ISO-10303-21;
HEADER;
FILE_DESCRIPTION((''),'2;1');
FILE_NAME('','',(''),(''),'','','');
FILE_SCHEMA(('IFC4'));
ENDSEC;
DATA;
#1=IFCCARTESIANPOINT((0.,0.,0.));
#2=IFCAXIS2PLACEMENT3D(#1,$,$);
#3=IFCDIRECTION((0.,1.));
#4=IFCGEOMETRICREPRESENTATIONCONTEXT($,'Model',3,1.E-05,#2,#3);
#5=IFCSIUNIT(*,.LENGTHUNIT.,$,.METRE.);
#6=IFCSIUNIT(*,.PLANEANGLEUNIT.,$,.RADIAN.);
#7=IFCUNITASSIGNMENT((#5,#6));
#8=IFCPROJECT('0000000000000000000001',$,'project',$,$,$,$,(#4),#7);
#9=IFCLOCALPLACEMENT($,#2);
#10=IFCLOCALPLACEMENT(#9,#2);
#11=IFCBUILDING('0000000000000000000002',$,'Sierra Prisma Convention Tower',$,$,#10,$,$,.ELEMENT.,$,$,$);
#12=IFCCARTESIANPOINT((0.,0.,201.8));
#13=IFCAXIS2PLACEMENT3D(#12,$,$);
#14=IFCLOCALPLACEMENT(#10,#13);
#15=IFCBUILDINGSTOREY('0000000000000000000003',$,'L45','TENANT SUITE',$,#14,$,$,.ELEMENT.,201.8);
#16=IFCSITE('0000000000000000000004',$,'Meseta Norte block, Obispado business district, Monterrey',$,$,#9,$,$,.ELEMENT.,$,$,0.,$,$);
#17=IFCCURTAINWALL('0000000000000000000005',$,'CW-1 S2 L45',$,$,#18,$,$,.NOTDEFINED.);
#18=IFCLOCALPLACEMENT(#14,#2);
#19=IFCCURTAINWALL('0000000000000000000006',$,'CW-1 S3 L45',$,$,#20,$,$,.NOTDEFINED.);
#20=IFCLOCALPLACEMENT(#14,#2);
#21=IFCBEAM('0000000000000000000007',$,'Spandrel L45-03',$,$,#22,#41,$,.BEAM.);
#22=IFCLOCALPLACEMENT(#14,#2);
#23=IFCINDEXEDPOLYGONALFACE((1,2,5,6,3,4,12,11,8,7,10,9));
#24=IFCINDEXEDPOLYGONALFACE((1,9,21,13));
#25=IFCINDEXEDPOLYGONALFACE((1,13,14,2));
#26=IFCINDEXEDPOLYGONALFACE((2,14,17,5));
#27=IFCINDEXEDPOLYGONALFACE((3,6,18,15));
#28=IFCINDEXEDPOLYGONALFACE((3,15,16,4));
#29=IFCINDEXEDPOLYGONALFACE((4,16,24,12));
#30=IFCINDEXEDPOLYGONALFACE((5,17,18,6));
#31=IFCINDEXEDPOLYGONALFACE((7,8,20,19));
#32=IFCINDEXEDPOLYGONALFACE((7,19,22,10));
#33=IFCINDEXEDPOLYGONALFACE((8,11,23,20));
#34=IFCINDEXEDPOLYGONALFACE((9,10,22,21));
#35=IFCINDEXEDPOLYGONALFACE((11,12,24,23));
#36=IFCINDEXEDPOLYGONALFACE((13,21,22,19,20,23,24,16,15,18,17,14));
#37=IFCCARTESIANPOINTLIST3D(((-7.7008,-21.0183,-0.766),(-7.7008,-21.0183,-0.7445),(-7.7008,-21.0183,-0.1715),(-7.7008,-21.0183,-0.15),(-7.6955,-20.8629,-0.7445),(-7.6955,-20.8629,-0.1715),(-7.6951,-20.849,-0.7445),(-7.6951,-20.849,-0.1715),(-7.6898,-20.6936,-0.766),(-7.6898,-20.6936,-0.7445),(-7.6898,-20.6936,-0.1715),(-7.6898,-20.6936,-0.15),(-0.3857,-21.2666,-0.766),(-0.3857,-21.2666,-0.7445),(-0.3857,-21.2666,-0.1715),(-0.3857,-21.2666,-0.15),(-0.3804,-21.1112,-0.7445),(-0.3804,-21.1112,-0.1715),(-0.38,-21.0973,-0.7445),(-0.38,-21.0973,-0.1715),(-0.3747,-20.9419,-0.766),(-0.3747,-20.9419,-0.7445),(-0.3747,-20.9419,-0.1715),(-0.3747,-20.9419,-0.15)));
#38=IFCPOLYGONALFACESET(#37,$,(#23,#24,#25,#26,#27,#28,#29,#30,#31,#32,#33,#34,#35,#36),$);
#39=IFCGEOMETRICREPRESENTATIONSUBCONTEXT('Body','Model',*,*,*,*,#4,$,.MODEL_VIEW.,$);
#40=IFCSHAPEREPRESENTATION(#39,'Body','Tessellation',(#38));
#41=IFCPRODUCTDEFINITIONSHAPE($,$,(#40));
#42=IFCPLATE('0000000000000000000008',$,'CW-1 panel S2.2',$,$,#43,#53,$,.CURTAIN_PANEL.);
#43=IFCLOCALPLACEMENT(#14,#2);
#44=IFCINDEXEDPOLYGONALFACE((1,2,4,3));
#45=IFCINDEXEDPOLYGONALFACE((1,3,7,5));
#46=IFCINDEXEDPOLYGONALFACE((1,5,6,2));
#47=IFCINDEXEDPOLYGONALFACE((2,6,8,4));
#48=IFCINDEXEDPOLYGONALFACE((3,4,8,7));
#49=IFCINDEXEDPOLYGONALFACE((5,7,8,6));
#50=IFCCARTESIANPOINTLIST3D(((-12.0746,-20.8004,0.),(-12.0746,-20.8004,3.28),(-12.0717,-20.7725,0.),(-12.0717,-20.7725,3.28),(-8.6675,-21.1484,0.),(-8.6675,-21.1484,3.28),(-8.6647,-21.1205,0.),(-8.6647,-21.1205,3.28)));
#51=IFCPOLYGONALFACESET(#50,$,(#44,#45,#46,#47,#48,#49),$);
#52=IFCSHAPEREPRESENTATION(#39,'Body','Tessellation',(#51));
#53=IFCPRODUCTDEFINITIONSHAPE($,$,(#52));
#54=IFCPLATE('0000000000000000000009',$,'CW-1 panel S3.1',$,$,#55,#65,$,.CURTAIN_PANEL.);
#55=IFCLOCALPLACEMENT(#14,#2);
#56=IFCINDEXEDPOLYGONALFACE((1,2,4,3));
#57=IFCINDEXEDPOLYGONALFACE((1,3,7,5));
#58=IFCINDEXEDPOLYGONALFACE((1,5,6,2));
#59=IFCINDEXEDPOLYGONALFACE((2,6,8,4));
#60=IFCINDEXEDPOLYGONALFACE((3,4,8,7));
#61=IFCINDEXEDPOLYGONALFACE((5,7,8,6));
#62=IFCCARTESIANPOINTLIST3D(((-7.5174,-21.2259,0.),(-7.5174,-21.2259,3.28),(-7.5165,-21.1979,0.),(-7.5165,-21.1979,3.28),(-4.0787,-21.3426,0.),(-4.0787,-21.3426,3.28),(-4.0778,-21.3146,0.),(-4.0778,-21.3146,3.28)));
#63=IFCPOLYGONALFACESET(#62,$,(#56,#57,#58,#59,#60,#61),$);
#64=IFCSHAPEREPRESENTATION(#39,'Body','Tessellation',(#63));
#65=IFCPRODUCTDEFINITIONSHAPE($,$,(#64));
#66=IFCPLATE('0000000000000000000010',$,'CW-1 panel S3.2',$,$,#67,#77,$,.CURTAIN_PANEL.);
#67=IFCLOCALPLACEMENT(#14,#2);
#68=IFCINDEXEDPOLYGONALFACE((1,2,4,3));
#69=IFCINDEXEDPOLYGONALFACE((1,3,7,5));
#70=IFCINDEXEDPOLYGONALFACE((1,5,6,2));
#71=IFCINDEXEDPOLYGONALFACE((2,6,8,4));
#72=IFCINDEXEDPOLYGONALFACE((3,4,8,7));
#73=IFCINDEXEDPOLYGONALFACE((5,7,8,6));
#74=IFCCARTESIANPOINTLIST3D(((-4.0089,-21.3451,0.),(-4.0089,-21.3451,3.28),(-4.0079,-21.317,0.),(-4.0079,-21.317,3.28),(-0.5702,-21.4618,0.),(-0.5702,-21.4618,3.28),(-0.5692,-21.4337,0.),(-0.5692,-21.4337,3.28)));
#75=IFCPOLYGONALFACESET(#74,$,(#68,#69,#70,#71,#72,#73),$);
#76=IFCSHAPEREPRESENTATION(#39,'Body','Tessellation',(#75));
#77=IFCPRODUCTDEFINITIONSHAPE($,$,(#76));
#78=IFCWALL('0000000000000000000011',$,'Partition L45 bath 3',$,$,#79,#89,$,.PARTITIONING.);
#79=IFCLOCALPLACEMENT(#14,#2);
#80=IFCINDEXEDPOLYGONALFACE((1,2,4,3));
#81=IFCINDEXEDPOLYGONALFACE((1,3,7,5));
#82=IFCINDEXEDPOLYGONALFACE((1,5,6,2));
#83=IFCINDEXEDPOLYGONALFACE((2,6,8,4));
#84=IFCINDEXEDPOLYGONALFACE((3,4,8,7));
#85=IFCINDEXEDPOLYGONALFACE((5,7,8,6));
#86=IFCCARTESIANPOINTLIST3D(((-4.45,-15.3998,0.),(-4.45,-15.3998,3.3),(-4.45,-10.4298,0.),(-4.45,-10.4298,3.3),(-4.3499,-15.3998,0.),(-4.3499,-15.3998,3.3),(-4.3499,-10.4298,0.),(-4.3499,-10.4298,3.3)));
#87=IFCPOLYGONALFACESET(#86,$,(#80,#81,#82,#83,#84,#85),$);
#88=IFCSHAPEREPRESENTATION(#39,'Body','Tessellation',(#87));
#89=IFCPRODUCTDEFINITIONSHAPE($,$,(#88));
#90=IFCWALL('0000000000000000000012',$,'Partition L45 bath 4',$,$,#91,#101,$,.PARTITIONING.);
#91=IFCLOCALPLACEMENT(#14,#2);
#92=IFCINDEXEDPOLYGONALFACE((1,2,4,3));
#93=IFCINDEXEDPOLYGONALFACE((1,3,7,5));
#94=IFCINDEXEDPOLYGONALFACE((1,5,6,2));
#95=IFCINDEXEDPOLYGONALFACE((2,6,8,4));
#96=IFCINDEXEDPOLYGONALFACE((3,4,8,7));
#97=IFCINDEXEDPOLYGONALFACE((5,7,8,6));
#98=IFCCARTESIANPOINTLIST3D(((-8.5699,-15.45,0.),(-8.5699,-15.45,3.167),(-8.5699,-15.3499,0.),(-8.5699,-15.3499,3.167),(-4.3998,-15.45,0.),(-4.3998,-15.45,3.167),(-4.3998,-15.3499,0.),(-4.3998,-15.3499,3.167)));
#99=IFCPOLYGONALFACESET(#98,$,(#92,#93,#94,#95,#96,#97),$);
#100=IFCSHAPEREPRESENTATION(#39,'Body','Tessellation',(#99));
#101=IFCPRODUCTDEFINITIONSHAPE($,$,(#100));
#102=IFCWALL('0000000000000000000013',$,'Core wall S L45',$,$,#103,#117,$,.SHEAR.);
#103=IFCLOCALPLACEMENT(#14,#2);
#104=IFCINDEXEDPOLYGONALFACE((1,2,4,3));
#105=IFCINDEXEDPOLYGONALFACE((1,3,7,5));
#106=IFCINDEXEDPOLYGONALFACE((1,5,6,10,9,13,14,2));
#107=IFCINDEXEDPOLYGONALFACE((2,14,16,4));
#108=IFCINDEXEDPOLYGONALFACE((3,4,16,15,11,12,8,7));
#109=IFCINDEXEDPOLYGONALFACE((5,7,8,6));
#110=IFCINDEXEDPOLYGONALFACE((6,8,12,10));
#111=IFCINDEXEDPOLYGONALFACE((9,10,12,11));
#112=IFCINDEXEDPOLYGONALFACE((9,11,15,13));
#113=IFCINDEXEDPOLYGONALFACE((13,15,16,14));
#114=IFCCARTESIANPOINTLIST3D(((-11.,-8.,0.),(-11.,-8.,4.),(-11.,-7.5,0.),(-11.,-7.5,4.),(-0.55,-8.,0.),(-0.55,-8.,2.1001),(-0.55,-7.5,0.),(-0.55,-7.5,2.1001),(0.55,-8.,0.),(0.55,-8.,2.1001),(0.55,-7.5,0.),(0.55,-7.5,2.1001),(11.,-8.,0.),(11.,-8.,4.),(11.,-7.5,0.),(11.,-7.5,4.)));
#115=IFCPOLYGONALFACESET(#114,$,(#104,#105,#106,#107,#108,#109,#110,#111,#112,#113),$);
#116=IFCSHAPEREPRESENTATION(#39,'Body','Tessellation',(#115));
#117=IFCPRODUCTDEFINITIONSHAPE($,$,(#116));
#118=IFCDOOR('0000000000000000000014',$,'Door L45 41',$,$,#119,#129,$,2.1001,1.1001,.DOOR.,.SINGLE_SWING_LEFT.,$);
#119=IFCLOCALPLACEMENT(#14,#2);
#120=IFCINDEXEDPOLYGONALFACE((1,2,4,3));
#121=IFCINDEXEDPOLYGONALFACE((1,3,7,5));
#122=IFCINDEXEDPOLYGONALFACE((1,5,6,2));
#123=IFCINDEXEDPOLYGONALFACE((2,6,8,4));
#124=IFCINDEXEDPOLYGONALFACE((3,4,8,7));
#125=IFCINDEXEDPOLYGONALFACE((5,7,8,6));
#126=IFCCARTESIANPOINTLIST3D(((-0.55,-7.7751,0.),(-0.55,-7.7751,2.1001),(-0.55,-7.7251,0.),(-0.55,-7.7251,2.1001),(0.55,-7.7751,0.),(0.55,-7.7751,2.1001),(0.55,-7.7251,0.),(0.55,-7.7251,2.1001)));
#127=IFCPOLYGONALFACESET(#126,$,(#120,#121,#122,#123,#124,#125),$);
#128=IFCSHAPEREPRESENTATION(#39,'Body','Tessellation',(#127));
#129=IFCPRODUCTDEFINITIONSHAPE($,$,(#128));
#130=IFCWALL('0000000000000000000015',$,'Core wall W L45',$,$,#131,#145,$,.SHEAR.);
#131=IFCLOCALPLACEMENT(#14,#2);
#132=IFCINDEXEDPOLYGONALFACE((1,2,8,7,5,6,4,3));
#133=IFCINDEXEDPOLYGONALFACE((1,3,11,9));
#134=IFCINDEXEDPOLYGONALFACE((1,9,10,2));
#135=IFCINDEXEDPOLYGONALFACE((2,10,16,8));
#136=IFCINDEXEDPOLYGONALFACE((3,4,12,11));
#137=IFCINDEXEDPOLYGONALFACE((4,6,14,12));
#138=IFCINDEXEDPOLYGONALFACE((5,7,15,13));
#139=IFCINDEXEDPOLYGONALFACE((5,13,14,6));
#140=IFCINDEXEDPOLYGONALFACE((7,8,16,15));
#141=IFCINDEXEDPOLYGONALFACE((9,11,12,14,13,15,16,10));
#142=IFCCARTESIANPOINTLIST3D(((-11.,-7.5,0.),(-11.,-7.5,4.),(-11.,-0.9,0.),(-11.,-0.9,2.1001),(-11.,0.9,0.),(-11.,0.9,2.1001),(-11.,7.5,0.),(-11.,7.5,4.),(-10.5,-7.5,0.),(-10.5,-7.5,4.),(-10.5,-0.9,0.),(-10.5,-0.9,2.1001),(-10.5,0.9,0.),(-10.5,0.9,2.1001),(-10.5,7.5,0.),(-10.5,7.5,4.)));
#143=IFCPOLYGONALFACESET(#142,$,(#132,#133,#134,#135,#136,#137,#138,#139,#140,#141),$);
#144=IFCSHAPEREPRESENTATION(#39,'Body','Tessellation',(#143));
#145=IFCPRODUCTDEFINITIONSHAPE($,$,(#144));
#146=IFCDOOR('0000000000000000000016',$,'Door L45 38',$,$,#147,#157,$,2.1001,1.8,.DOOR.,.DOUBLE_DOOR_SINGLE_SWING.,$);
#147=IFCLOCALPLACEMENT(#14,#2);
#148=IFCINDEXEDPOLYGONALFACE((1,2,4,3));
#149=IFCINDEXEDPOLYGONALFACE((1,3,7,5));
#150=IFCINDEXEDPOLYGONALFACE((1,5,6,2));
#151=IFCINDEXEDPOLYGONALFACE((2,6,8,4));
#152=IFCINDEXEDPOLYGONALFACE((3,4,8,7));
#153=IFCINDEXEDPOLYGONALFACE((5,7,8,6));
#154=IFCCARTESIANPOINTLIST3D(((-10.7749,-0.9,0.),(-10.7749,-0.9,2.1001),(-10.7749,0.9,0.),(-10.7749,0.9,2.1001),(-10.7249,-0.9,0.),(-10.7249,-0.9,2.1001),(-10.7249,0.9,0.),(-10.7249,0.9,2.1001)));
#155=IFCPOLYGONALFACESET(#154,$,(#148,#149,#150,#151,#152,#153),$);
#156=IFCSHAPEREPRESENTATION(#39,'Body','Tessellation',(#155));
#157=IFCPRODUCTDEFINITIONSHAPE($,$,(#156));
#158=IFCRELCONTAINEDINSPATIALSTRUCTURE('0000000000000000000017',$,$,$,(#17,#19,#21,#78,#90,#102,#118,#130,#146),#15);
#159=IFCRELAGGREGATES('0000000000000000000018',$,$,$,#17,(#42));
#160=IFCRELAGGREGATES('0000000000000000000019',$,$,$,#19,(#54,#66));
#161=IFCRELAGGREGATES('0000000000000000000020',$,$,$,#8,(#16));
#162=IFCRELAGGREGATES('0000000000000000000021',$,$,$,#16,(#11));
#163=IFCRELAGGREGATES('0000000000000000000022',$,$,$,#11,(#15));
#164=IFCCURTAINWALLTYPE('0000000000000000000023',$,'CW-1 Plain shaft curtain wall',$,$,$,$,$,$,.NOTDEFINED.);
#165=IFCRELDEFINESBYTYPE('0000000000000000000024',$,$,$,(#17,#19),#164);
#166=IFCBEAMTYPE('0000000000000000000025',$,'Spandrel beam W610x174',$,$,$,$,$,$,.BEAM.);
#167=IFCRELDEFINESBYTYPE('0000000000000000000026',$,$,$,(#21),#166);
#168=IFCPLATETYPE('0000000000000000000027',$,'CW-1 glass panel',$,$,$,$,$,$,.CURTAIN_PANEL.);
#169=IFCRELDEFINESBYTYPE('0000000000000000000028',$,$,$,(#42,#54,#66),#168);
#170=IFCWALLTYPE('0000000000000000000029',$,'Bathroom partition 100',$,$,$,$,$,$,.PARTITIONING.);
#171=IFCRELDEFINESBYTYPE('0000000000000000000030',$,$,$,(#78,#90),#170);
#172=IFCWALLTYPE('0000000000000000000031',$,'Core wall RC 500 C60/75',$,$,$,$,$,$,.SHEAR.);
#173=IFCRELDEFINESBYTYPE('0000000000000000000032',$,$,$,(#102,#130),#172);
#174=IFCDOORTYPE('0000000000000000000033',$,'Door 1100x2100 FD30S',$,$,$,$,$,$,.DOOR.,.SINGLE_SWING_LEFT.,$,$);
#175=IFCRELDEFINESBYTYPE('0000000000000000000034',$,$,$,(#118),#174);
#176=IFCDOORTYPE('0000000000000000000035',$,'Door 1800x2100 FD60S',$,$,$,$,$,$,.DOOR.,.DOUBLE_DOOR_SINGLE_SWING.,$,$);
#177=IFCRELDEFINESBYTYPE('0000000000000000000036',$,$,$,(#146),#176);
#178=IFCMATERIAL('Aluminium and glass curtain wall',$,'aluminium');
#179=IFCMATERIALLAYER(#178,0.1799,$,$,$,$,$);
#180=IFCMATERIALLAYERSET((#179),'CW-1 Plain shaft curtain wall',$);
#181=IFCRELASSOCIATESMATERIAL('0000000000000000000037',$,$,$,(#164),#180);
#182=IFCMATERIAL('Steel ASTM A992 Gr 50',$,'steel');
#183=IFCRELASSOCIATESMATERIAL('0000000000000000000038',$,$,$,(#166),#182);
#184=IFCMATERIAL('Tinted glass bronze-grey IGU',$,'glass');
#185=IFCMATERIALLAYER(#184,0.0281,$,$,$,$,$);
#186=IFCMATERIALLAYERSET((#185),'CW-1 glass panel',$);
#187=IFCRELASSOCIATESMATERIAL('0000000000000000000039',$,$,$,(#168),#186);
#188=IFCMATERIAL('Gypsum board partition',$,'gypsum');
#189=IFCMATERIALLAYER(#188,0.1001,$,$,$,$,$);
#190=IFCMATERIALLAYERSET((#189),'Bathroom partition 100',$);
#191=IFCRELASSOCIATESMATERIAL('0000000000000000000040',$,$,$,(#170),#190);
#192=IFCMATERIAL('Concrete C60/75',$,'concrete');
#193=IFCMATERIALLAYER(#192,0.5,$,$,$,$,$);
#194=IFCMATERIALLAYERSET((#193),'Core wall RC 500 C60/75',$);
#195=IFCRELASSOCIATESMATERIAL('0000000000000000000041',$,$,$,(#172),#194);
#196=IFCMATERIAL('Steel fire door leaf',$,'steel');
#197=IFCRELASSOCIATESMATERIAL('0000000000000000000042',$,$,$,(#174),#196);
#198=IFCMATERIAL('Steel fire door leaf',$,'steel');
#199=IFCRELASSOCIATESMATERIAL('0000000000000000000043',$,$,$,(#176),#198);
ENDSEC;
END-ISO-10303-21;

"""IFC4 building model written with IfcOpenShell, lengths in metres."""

from ifc_helpers import new_model, si_unit, direction, frame, frame_2d, origin, origin_2d, place, context, subcontext, project, spatial, rectangle, i_section, extrude, material, layer, layer_set, material_profile, profile_set, type_object, element, fill, aggregate, save


model = new_model("IFC4")

# Units and contexts
model_context = context("Model", 3, precision=1e-05, world=origin(), true_north=direction((0.0, 1.0)))
body_context = subcontext(model_context, "Body", "Model", "MODEL_VIEW")
ifc_project = project(units=[si_unit("LENGTHUNIT", "METRE"), si_unit("PLANEANGLEUNIT", "RADIAN")], contexts=[model_context])

# Site, building, storey
site_placement = place(None, origin())
site = spatial("IfcSite", under=ifc_project, at=site_placement, Name="Meseta Norte block, Obispado business district, Monterrey", CompositionType="ELEMENT", RefElevation=0.0)
building_placement = place(site_placement, origin())
building = spatial("IfcBuilding", under=site, at=building_placement, Name="Sierra Prisma Convention Tower", CompositionType="ELEMENT")
storey_placement = place(building_placement, frame((0.0, 0.0, 201.8)))
storey = spatial("IfcBuildingStorey", under=building, at=storey_placement, Name="L45", Description="TENANT SUITE", CompositionType="ELEMENT", Elevation=201.8)

# Curtain wall
ifc_material_1 = material(Name="Aluminium and glass curtain wall", Category="aluminium")
ifc_layer_1 = layer(ifc_material_1, 0.1799)
ifc_layer_set_1 = layer_set([ifc_layer_1], Name="CW-1 Plain shaft curtain wall")
curtain_wall_type = type_object("IfcCurtainWallType", Name="CW-1 Plain shaft curtain wall", PredefinedType="NOTDEFINED", material=ifc_layer_set_1)
curtain_wall_1_placement = place(storey_placement, origin())
curtain_wall_1 = element("IfcCurtainWall", 1, at=curtain_wall_1_placement, inside=storey, type_object=curtain_wall_type, Name="CW-1 S2 L45", PredefinedType="NOTDEFINED")

# Curtain wall
curtain_wall_2_placement = place(storey_placement, origin())
curtain_wall_2 = element("IfcCurtainWall", 2, at=curtain_wall_2_placement, inside=storey, type_object=curtain_wall_type, Name="CW-1 S3 L45", PredefinedType="NOTDEFINED")

# Beam
ifc_material_2 = material(Name="Steel ASTM A992 Gr 50", Category="steel")
ifc_material_profile_1 = material_profile(ifc_material_2, i_section(OverallWidth=0.325, OverallDepth=0.616, WebThickness=0.0139, FlangeThickness=0.0215, at=origin_2d()), Name="W610x174")
ifc_profile_set_1 = profile_set([ifc_material_profile_1], Name="Steel ASTM A992 Gr 50")
beam_type_1 = type_object("IfcBeamType", Name="Spandrel beam W610x174", PredefinedType="BEAM", material=ifc_profile_set_1)
beam_1_placement = place(storey_placement, frame((-7.6953, -20.856, -0.458), z_axis=(0.999424, -0.033922, 0.0), x_axis=(0.033922, 0.999424, 0.0)))
element("IfcBeam", 3, at=beam_1_placement, inside=storey, type_object=beam_type_1, Name="Spandrel L45-03", PredefinedType="BEAM", context=body_context, shape_type="SweptSolid", body=[
    extrude(i_section(OverallWidth=0.325, OverallDepth=0.616, WebThickness=0.0139, FlangeThickness=0.0215, at=origin_2d()), origin(), (0.0, 0.0, 1.0), 7.3193),
])

# Plates
ifc_material_3 = material(Name="Tinted glass bronze-grey IGU", Category="glass")
ifc_layer_2 = layer(ifc_material_3, 0.0281)
ifc_layer_set_2 = layer_set([ifc_layer_2], Name="CW-1 glass panel")
plate_type = type_object("IfcPlateType", Name="CW-1 glass panel", PredefinedType="CURTAIN_PANEL", material=ifc_layer_set_2)
plate_1_placement = place(storey_placement, frame((-10.3696, -20.9604, 0.0), z_axis=(0.0, 0.0, 1.0), x_axis=(0.994826, -0.101598, 0.0)))
plate_1 = element("IfcPlate", 4, at=plate_1_placement, type_object=plate_type, Name="CW-1 panel S2.2", PredefinedType="CURTAIN_PANEL", context=body_context, shape_type="SweptSolid", body=[
    extrude(rectangle(XDim=3.4248, YDim=0.0281, at=origin_2d()), origin(), (0.0, 0.0, 1.0), 3.28),
])
aggregate(curtain_wall_1, [plate_1])
plate_2_placement = place(storey_placement, frame((-5.7976, -21.2703, 0.0), z_axis=(0.0, 0.0, 1.0), x_axis=(0.999425, -0.033918, 0.0)))
plate_2 = element("IfcPlate", 5, at=plate_2_placement, type_object=plate_type, Name="CW-1 panel S3.1", PredefinedType="CURTAIN_PANEL", context=body_context, shape_type="SweptSolid", body=[
    extrude(rectangle(XDim=3.4407, YDim=0.0281, at=origin_2d()), origin(), (0.0, 0.0, 1.0), 3.28),
])
plate_3_placement = place(storey_placement, frame((-2.2891, -21.3894, 0.0), z_axis=(0.0, 0.0, 1.0), x_axis=(0.999425, -0.033918, 0.0)))
plate_3 = element("IfcPlate", 6, at=plate_3_placement, type_object=plate_type, Name="CW-1 panel S3.2", PredefinedType="CURTAIN_PANEL", context=body_context, shape_type="SweptSolid", body=[
    extrude(rectangle(XDim=3.4407, YDim=0.0281, at=origin_2d()), origin(), (0.0, 0.0, 1.0), 3.28),
])
aggregate(curtain_wall_2, [plate_2, plate_3])

# Walls
ifc_material_4 = material(Name="Gypsum board partition", Category="gypsum")
ifc_layer_3 = layer(ifc_material_4, 0.1001)
ifc_layer_set_3 = layer_set([ifc_layer_3], Name="Bathroom partition 100")
wall_type_1 = type_object("IfcWallType", Name="Bathroom partition 100", PredefinedType="PARTITIONING", material=ifc_layer_set_3)
wall_1_placement = place(storey_placement, frame((-4.3999, -10.4299, 0.0), z_axis=(0.0, 0.0, 1.0), x_axis=(0.0, -1.0, 0.0)))
element("IfcWall", 7, at=wall_1_placement, inside=storey, type_object=wall_type_1, Name="Partition L45 bath 3", PredefinedType="PARTITIONING", context=body_context, shape_type="SweptSolid", body=[
    extrude(rectangle(XDim=4.97, YDim=0.1001, at=frame_2d((2.4849, 0.0))), origin(), (0.0, 0.0, 1.0), 3.3),
])
wall_2_placement = place(storey_placement, frame((-4.3999, -15.3999, 0.0), z_axis=(0.0, 0.0, 1.0), x_axis=(-1.0, 0.0, 0.0)))
element("IfcWall", 8, at=wall_2_placement, inside=storey, type_object=wall_type_1, Name="Partition L45 bath 4", PredefinedType="PARTITIONING", context=body_context, shape_type="SweptSolid", body=[
    extrude(rectangle(XDim=4.1702, YDim=0.1001, at=frame_2d((2.085, 0.0))), origin(), (0.0, 0.0, 1.0), 3.167),
])

# Walls, openings, doors
ifc_material_5 = material(Name="Concrete C60/75", Category="concrete")
ifc_layer_4 = layer(ifc_material_5, 0.5)
ifc_layer_set_4 = layer_set([ifc_layer_4], Name="Core wall RC 500 C60/75")
wall_type_2 = type_object("IfcWallType", Name="Core wall RC 500 C60/75", PredefinedType="SHEAR", material=ifc_layer_set_4)
wall_3_placement = place(storey_placement, frame((-11.0, -7.75, 0.0), z_axis=(0.0, 0.0, 1.0), x_axis=(1.0, 0.0, 0.0)))
wall_3 = element("IfcWall", 9, at=wall_3_placement, inside=storey, type_object=wall_type_2, Name="Core wall S L45", PredefinedType="SHEAR", context=body_context, shape_type="SweptSolid", body=[
    extrude(rectangle(XDim=22.0, YDim=0.5, at=frame_2d((11.0, 0.0))), origin(), (0.0, 0.0, 1.0), 4.0),
])
opening_1_placement = place(wall_3_placement, frame((10.45, 0.0, 0.0)))
opening_1 = element("IfcOpeningElement", 10, at=opening_1_placement, cuts=wall_3, PredefinedType="OPENING", context=body_context, shape_type="SweptSolid", body=[
    extrude(rectangle(XDim=1.1001, YDim=2.1001, at=frame_2d((0.55, 1.05))), frame((0.0, 0.25, 0.0), z_axis=(0.0, -1.0, 0.0), x_axis=(1.0, 0.0, 0.0)), (0.0, 0.0, 1.0), 0.5),
])
ifc_material_6 = material(Name="Steel fire door leaf", Category="steel")
door_type_1 = type_object("IfcDoorType", Name="Door 1100x2100 FD30S", OperationType="SINGLE_SWING_LEFT", PredefinedType="DOOR", material=ifc_material_6)
door_1_placement = place(opening_1_placement, origin())
door_1 = element("IfcDoor", 11, at=door_1_placement, inside=storey, type_object=door_type_1, Name="Door L45 41", OperationType="SINGLE_SWING_LEFT", OverallHeight=2.1001, OverallWidth=1.1001, PredefinedType="DOOR", context=body_context, shape_type="SweptSolid", body=[
    extrude(rectangle(XDim=1.1001, YDim=2.1001, at=frame_2d((0.55, 1.05))), frame((0.0, 0.0249, 0.0), z_axis=(0.0, -1.0, 0.0), x_axis=(1.0, 0.0, 0.0)), (0.0, 0.0, 1.0), 0.05),
])
fill(opening_1, door_1)
wall_4_placement = place(storey_placement, frame((-10.75, -7.5, 0.0), z_axis=(0.0, 0.0, 1.0), x_axis=(0.0, 1.0, 0.0)))
wall_4 = element("IfcWall", 12, at=wall_4_placement, inside=storey, type_object=wall_type_2, Name="Core wall W L45", PredefinedType="SHEAR", context=body_context, shape_type="SweptSolid", body=[
    extrude(rectangle(XDim=15.0, YDim=0.5, at=frame_2d((7.5, 0.0))), origin(), (0.0, 0.0, 1.0), 4.0),
])
opening_2_placement = place(wall_4_placement, frame((6.6001, 0.0, 0.0)))
opening_2 = element("IfcOpeningElement", 13, at=opening_2_placement, cuts=wall_4, PredefinedType="OPENING", context=body_context, shape_type="SweptSolid", body=[
    extrude(rectangle(XDim=1.8, YDim=2.1001, at=frame_2d((0.8999, 1.05))), frame((0.0, 0.25, 0.0), z_axis=(0.0, -1.0, 0.0), x_axis=(1.0, 0.0, 0.0)), (0.0, 0.0, 1.0), 0.5),
])
ifc_material_7 = material(Name="Steel fire door leaf", Category="steel")
door_type_2 = type_object("IfcDoorType", Name="Door 1800x2100 FD60S", OperationType="DOUBLE_DOOR_SINGLE_SWING", PredefinedType="DOOR", material=ifc_material_7)
door_2_placement = place(opening_2_placement, origin())
door_2 = element("IfcDoor", 14, at=door_2_placement, inside=storey, type_object=door_type_2, Name="Door L45 38", OperationType="DOUBLE_DOOR_SINGLE_SWING", OverallHeight=2.1001, OverallWidth=1.8, PredefinedType="DOOR", context=body_context, shape_type="SweptSolid", body=[
    extrude(rectangle(XDim=1.8, YDim=2.1001, at=frame_2d((0.8999, 1.05))), frame((0.0, 0.0249, 0.0), z_axis=(0.0, -1.0, 0.0), x_axis=(1.0, 0.0, 0.0)), (0.0, 0.0, 1.0), 0.05),
])
fill(opening_2, door_2)

save(model, "model.ifc")
